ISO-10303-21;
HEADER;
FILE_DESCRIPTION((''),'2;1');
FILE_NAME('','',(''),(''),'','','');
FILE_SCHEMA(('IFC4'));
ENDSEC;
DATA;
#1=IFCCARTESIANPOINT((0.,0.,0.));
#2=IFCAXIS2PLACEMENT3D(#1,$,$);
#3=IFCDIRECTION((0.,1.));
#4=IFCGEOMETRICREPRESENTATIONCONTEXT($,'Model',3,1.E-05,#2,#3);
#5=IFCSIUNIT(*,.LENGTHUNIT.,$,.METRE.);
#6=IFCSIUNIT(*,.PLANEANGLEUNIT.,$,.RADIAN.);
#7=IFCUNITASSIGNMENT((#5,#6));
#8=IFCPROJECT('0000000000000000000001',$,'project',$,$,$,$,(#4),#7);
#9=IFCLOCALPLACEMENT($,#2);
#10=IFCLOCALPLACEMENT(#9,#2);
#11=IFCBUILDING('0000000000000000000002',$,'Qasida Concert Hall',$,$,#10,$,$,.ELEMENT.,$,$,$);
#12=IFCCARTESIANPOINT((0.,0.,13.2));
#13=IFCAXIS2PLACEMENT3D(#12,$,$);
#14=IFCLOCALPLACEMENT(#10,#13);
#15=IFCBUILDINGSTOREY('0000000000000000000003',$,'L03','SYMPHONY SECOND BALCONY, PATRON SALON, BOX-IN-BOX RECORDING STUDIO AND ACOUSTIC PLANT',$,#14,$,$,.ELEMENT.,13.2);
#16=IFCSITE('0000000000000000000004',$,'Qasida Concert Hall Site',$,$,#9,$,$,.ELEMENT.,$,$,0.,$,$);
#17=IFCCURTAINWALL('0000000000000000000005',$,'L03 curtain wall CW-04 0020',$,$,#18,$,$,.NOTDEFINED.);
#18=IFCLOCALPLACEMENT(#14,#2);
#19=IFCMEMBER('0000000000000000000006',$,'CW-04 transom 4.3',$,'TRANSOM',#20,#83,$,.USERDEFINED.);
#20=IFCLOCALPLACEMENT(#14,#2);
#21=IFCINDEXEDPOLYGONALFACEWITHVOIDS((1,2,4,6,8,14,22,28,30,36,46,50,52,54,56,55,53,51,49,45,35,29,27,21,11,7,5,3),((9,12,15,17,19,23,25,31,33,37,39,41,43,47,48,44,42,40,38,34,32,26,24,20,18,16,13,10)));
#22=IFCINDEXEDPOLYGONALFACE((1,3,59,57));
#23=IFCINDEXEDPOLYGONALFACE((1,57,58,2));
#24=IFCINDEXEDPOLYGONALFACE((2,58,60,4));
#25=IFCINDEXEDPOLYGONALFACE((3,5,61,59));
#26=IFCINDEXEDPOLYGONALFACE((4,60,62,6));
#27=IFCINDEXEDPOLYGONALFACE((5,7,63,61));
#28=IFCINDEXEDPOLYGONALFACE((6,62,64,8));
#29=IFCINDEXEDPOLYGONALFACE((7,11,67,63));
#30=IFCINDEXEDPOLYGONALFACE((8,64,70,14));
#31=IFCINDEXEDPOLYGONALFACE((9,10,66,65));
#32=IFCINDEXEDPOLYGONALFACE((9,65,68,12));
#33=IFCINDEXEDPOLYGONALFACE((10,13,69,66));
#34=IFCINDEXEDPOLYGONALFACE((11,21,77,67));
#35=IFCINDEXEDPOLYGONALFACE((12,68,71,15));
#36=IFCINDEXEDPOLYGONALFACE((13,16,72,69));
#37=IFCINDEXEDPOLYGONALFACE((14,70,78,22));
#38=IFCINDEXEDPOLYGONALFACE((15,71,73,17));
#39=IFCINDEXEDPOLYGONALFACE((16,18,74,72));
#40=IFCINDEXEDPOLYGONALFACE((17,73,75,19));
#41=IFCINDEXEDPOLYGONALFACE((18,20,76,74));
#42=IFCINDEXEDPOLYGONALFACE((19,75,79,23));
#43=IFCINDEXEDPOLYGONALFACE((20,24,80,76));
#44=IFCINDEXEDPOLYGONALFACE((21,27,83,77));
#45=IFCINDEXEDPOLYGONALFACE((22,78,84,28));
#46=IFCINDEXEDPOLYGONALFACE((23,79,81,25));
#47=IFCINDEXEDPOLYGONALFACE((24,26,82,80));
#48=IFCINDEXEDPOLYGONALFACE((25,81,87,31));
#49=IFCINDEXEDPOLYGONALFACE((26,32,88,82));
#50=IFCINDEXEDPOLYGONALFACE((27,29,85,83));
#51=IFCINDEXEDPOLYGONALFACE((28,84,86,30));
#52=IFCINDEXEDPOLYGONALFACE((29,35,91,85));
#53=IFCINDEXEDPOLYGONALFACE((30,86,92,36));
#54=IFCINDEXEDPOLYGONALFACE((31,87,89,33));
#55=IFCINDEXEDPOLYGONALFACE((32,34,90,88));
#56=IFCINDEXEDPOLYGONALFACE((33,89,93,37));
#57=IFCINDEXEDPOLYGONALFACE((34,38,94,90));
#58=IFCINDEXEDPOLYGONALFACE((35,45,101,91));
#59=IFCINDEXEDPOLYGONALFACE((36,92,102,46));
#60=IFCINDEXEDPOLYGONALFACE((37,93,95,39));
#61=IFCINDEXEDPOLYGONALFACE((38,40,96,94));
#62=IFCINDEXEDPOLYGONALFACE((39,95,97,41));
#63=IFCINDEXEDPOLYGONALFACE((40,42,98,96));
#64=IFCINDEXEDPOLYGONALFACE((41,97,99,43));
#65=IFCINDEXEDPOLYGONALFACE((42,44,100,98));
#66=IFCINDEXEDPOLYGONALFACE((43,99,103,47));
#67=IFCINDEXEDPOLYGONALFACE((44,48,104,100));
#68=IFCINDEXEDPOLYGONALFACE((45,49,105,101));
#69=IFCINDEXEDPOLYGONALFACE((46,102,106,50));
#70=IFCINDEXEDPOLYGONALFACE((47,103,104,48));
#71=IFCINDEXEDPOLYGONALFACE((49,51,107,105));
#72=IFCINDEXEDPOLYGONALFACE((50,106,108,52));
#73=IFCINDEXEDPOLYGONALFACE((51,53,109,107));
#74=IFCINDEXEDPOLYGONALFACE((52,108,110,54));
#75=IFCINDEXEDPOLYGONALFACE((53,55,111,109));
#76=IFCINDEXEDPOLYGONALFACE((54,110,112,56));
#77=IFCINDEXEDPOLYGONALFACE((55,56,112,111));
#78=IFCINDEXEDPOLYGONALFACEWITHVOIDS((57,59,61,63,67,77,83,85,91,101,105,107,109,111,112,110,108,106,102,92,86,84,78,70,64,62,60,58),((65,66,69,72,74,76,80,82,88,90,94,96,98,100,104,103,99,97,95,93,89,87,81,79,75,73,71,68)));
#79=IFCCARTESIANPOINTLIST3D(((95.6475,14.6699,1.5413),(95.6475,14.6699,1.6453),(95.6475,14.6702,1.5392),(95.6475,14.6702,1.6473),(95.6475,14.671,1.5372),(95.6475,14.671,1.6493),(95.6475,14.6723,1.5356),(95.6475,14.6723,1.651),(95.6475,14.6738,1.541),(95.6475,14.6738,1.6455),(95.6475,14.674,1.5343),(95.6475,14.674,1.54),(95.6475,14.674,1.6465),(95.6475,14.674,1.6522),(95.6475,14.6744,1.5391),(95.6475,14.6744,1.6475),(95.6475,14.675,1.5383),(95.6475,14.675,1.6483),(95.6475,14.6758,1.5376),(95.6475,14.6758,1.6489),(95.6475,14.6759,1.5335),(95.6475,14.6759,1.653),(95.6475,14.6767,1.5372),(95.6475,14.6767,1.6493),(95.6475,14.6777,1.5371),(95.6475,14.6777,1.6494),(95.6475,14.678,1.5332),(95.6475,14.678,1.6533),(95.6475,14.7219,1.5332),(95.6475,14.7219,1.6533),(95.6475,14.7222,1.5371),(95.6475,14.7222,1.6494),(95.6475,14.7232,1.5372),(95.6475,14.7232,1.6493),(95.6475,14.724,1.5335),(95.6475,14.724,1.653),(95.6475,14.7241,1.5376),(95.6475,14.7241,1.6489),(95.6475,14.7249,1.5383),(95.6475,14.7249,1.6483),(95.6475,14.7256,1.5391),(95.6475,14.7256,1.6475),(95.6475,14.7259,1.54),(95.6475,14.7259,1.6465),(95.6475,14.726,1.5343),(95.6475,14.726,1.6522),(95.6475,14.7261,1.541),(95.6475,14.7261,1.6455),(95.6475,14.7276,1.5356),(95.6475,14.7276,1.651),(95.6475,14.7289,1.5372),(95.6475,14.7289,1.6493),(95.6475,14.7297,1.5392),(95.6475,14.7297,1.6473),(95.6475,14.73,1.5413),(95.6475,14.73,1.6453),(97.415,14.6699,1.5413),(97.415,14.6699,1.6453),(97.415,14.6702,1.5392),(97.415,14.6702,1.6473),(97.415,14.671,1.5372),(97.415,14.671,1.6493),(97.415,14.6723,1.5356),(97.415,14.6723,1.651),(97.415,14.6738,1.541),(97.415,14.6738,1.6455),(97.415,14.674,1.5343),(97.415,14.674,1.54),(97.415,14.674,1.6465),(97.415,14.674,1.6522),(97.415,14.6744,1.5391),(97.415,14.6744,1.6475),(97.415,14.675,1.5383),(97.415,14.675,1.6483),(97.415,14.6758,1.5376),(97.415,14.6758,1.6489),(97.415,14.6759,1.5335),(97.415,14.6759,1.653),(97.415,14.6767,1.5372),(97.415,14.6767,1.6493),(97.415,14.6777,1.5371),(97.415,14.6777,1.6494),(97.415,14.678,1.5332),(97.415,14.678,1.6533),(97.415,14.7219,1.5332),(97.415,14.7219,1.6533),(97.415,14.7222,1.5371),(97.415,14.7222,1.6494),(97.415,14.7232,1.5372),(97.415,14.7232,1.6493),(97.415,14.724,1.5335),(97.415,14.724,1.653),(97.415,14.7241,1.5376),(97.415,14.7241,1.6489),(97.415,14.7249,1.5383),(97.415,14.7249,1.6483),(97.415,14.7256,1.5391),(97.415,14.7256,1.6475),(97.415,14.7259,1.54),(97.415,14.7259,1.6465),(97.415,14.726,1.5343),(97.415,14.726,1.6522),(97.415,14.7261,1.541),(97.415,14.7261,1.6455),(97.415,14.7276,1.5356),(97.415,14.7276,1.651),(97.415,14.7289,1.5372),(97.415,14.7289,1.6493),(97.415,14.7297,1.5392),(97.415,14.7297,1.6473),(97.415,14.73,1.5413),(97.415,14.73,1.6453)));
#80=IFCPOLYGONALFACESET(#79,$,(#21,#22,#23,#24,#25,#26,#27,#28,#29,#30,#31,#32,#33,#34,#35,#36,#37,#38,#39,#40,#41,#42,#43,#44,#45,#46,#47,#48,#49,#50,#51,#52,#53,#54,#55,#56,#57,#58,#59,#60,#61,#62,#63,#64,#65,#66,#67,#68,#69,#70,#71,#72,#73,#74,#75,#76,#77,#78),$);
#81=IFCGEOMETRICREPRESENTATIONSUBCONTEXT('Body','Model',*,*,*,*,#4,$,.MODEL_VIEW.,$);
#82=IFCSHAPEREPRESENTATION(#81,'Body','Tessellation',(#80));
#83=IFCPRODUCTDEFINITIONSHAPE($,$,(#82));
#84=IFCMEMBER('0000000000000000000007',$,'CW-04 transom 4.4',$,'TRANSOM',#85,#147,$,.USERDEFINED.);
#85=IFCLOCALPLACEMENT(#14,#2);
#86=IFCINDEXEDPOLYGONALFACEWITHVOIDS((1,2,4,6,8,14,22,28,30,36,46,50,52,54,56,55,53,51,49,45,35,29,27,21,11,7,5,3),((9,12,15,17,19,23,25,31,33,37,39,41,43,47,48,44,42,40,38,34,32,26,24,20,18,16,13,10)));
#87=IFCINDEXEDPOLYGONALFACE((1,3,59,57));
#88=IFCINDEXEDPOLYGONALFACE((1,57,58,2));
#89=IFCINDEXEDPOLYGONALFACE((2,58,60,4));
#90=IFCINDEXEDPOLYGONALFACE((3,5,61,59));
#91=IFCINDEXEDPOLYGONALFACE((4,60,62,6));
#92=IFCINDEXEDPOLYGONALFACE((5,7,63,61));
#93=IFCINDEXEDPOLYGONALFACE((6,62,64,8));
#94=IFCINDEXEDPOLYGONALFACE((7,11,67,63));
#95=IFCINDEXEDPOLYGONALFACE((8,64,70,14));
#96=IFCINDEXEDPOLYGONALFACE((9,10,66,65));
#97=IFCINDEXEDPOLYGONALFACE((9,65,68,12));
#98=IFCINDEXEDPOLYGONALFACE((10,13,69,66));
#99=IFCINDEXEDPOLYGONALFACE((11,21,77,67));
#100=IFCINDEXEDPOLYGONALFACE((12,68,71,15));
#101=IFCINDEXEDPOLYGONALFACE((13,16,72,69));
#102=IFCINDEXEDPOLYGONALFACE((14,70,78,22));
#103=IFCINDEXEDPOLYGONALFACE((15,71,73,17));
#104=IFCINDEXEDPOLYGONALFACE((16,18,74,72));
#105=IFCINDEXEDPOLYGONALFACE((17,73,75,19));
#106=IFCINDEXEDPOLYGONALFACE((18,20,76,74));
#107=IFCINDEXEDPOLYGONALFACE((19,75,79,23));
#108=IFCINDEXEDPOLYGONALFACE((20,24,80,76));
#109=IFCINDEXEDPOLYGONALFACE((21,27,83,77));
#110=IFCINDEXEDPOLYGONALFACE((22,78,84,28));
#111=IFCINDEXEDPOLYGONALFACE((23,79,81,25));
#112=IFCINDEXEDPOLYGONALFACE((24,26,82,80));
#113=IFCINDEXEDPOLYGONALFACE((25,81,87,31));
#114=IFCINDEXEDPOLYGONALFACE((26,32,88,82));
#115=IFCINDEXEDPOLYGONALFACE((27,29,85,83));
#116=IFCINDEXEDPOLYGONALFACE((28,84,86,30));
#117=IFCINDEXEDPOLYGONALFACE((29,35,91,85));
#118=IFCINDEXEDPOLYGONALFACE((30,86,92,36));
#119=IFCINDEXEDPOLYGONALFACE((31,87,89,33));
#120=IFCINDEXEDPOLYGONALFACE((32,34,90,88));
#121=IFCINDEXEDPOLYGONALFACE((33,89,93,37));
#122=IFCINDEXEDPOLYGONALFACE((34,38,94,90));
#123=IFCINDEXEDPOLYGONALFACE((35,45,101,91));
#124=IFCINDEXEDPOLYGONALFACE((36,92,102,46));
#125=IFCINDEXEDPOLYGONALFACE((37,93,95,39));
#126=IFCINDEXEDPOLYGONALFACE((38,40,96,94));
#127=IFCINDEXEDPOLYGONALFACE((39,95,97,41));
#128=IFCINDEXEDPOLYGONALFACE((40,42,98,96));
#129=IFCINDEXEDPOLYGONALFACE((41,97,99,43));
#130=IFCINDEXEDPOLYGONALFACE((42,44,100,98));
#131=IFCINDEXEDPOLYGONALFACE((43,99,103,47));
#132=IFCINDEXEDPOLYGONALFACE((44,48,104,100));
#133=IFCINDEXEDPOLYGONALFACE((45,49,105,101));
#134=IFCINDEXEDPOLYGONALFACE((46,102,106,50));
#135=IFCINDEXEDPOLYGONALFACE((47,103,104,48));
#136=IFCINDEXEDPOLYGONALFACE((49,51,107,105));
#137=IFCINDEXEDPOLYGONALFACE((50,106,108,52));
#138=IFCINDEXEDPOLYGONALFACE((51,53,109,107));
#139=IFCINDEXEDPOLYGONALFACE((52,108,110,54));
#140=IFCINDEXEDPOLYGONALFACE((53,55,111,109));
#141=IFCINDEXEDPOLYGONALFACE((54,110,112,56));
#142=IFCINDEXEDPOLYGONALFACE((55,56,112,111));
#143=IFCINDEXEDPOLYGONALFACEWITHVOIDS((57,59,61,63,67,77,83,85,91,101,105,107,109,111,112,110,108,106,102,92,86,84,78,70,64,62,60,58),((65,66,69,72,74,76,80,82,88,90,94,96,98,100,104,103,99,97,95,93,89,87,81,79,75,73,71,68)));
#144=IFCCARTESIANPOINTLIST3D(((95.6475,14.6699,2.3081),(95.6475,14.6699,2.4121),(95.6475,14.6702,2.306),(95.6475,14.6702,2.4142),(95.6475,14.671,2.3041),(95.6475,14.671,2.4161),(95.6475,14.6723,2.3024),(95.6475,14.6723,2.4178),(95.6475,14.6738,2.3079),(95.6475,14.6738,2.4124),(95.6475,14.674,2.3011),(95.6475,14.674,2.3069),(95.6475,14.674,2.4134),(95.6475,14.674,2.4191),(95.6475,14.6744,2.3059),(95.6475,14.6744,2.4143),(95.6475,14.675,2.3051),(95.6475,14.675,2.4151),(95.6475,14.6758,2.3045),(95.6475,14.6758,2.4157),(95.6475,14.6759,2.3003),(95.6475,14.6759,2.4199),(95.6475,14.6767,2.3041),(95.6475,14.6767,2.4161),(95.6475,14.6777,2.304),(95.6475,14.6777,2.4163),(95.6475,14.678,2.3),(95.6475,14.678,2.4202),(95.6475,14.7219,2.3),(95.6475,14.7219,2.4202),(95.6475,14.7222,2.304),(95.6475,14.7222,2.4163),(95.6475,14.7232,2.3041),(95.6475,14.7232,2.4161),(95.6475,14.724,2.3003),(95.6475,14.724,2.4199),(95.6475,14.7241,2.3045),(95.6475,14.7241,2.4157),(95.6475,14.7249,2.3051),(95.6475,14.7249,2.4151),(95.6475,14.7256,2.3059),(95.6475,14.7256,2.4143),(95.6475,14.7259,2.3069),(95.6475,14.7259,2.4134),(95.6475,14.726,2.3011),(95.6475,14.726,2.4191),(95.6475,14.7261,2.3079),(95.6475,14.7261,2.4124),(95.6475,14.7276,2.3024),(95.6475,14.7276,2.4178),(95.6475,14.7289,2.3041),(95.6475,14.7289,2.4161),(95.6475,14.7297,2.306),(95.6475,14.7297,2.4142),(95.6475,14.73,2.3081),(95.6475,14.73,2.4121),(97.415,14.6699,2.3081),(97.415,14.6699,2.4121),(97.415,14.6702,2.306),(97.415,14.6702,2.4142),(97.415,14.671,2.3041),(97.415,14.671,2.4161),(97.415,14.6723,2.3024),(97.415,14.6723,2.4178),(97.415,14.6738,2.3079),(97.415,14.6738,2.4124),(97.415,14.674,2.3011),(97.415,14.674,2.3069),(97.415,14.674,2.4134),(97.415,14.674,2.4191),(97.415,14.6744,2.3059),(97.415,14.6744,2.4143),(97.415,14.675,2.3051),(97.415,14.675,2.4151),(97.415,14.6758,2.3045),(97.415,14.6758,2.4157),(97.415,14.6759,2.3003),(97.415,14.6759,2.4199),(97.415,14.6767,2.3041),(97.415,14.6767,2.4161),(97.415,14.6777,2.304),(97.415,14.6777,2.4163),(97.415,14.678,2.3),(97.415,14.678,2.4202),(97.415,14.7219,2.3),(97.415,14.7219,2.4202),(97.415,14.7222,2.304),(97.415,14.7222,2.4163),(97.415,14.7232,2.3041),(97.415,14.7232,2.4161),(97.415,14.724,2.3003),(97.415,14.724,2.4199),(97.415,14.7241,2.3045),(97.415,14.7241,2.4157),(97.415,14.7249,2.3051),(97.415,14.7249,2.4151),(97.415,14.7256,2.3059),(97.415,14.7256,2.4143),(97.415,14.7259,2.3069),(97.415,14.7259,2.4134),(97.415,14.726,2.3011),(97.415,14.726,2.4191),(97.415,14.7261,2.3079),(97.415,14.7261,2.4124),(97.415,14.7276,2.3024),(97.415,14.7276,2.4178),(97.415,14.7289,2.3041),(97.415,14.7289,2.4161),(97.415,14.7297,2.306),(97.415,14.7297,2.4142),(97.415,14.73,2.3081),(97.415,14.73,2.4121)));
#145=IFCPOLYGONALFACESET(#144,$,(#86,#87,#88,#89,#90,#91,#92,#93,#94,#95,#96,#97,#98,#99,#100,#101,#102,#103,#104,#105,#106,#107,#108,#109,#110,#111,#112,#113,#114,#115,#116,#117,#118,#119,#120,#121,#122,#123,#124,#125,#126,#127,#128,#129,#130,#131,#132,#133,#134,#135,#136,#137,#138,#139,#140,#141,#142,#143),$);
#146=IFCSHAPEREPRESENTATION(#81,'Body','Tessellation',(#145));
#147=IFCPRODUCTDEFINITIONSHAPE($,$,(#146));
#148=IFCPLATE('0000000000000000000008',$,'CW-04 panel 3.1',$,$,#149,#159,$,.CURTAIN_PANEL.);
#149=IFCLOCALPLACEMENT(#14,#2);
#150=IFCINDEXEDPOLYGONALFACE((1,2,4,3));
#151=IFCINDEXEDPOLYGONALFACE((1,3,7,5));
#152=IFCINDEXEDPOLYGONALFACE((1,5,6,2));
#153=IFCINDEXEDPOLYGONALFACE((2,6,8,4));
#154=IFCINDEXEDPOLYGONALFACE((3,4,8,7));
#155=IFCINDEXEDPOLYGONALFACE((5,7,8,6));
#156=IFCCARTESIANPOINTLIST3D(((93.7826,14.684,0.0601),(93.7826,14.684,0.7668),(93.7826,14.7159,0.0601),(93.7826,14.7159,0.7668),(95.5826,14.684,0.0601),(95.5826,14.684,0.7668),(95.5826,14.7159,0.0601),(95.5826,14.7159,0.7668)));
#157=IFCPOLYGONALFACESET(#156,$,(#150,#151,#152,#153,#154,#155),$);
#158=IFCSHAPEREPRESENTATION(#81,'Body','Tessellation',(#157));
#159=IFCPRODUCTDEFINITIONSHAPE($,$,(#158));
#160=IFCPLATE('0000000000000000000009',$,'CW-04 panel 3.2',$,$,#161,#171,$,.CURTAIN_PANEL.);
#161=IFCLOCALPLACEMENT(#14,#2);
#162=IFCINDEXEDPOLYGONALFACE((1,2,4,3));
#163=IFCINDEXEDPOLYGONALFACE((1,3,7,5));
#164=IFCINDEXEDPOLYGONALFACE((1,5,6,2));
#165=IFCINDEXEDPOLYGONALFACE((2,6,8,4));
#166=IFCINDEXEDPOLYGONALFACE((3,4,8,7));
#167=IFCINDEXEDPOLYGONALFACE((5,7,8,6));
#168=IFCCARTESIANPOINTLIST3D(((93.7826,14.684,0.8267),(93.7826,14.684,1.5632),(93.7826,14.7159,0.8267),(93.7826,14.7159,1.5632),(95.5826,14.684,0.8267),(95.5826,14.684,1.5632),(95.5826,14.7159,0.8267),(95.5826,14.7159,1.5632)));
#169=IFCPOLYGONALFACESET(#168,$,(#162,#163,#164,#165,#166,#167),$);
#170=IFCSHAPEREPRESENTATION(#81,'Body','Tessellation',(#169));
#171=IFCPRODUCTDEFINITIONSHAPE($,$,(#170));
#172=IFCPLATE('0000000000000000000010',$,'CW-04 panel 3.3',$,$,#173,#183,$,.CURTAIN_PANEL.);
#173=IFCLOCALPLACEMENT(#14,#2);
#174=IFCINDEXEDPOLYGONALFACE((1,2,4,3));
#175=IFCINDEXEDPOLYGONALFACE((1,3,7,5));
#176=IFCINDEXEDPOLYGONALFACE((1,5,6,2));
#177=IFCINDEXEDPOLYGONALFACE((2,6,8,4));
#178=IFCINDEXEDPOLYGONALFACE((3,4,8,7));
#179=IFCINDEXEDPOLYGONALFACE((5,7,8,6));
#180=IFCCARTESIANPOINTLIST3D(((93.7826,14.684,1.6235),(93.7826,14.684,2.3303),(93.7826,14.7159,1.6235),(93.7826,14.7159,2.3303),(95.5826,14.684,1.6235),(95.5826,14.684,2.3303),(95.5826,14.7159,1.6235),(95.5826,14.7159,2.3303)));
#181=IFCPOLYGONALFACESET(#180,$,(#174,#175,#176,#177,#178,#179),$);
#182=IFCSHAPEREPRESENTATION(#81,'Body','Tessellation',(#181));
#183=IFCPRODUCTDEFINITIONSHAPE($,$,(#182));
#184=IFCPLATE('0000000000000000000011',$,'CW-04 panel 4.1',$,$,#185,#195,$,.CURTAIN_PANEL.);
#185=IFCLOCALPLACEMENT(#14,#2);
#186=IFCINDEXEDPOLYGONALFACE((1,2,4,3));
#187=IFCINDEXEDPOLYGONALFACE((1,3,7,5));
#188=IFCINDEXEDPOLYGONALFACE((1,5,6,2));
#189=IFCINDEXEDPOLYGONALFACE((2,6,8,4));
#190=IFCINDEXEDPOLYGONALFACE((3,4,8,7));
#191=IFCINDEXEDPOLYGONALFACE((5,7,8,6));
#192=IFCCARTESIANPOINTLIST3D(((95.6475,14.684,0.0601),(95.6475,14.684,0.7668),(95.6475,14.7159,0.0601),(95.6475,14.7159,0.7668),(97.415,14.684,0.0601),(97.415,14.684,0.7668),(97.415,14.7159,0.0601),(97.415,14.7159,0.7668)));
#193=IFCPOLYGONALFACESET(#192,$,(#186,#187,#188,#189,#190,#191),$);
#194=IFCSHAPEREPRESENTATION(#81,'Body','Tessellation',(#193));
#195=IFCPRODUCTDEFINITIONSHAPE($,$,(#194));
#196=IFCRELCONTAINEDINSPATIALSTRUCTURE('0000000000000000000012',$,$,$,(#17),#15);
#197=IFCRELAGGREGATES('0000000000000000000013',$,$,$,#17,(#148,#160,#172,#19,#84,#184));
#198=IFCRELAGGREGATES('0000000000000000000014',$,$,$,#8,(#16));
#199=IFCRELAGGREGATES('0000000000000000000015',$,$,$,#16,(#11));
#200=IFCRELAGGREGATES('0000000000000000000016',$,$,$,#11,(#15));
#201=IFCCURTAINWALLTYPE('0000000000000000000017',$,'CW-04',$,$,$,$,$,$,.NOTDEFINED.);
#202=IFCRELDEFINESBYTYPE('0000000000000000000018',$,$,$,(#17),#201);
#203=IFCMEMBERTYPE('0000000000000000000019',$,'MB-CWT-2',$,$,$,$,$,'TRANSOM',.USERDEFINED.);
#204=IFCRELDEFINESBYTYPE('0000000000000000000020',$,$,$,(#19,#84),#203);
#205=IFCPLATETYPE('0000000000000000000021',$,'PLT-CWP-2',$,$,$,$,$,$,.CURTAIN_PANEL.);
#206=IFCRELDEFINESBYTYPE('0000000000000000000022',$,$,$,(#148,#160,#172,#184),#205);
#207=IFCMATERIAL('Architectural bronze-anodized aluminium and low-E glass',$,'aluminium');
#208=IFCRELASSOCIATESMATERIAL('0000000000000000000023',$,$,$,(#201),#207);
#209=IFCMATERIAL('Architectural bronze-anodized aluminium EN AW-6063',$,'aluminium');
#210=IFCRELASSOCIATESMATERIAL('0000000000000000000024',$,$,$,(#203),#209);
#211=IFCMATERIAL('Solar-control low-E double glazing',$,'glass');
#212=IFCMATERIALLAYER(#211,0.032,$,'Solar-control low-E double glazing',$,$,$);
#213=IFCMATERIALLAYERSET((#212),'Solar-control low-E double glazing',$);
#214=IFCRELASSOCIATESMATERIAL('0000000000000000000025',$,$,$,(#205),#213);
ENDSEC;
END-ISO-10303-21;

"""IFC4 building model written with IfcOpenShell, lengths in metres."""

from ifc_helpers import new_model, si_unit, direction, frame, origin, origin_2d, place, context, subcontext, project, spatial, rectangle, hollow_rectangle, extrude, material, layer, layer_set, material_profile, profile_set, type_object, element, aggregate, save


model = new_model("IFC4")

# Units and contexts
model_context = context("Model", 3, precision=1e-05, world=origin(), true_north=direction((0.0, 1.0)))
body_context = subcontext(model_context, "Body", "Model", "MODEL_VIEW")
ifc_project = project(units=[si_unit("LENGTHUNIT", "METRE"), si_unit("PLANEANGLEUNIT", "RADIAN")], contexts=[model_context])

# Site, building, storey
site_placement = place(None, origin())
site = spatial("IfcSite", under=ifc_project, at=site_placement, Name="Qasida Concert Hall Site", CompositionType="ELEMENT", RefElevation=0.0)
building_placement = place(site_placement, origin())
building = spatial("IfcBuilding", under=site, at=building_placement, Name="Qasida Concert Hall", CompositionType="ELEMENT")
storey_placement = place(building_placement, frame((0.0, 0.0, 13.2)))
storey = spatial("IfcBuildingStorey", under=building, at=storey_placement, Name="L03", Description="SYMPHONY SECOND BALCONY, PATRON SALON, BOX-IN-BOX RECORDING STUDIO AND ACOUSTIC PLANT", CompositionType="ELEMENT", Elevation=13.2)

# Curtain wall, members, plates
ifc_material_1 = material(Name="Architectural bronze-anodized aluminium and low-E glass", Category="aluminium")
curtain_wall_type = type_object("IfcCurtainWallType", Name="CW-04", PredefinedType="NOTDEFINED", material=ifc_material_1)
curtain_wall_placement = place(storey_placement, origin())
curtain_wall = element("IfcCurtainWall", 1, at=curtain_wall_placement, inside=storey, type_object=curtain_wall_type, Name="L03 curtain wall CW-04 0020", PredefinedType="NOTDEFINED")
ifc_material_2 = material(Name="Architectural bronze-anodized aluminium EN AW-6063", Category="aluminium")
ifc_material_profile_1 = material_profile(ifc_material_2, hollow_rectangle(XDim=0.0601, YDim=0.1201, WallThickness=0.0039, InnerFilletRadius=0.0039, OuterFilletRadius=0.0081, at=origin_2d()), Name="CWT 120x60x4")
ifc_profile_set_1 = profile_set([ifc_material_profile_1], Name="Architectural bronze-anodized aluminium EN AW-6063")
member_type_1 = type_object("IfcMemberType", Name="MB-CWT-2", ElementType="TRANSOM", PredefinedType="USERDEFINED", material=ifc_profile_set_1)
member_1_placement = place(storey_placement, frame((95.6475, 14.7, 1.5933), z_axis=(1.0, 0.0, 0.0), x_axis=(0.0, 1.0, 0.0)))
member_1 = element("IfcMember", 2, at=member_1_placement, type_object=member_type_1, Name="CW-04 transom 4.3", ObjectType="TRANSOM", PredefinedType="USERDEFINED", context=body_context, shape_type="SweptSolid", body=[
    extrude(hollow_rectangle(XDim=0.0601, YDim=0.1201, WallThickness=0.0039, InnerFilletRadius=0.0039, OuterFilletRadius=0.0081, at=origin_2d()), origin(), (0.0, 0.0, 1.0), 1.7676),
])
member_2_placement = place(storey_placement, frame((95.6475, 14.7, 2.3601), z_axis=(1.0, 0.0, 0.0), x_axis=(0.0, 1.0, 0.0)))
member_2 = element("IfcMember", 3, at=member_2_placement, type_object=member_type_1, Name="CW-04 transom 4.4", ObjectType="TRANSOM", PredefinedType="USERDEFINED", context=body_context, shape_type="SweptSolid", body=[
    extrude(hollow_rectangle(XDim=0.0601, YDim=0.1201, WallThickness=0.0039, InnerFilletRadius=0.0039, OuterFilletRadius=0.0081, at=origin_2d()), origin(), (0.0, 0.0, 1.0), 1.7676),
])
ifc_material_3 = material(Name="Solar-control low-E double glazing", Category="glass")
ifc_layer_1 = layer(ifc_material_3, 0.032, Name="Solar-control low-E double glazing")
ifc_layer_set_1 = layer_set([ifc_layer_1], Name="Solar-control low-E double glazing")
plate_type = type_object("IfcPlateType", Name="PLT-CWP-2", PredefinedType="CURTAIN_PANEL", material=ifc_layer_set_1)
plate_1_placement = place(storey_placement, frame((94.6826, 14.7, 0.0601), z_axis=(0.0, 0.0, 1.0), x_axis=(1.0, 0.0, 0.0)))
plate_1 = element("IfcPlate", 4, at=plate_1_placement, type_object=plate_type, Name="CW-04 panel 3.1", PredefinedType="CURTAIN_PANEL", context=body_context, shape_type="SweptSolid", body=[
    extrude(rectangle(XDim=1.8, YDim=0.032, at=origin_2d()), origin(), (0.0, 0.0, 1.0), 0.7068),
])
plate_2_placement = place(storey_placement, frame((94.6826, 14.7, 0.8267), z_axis=(0.0, 0.0, 1.0), x_axis=(1.0, 0.0, 0.0)))
plate_2 = element("IfcPlate", 5, at=plate_2_placement, type_object=plate_type, Name="CW-04 panel 3.2", PredefinedType="CURTAIN_PANEL", context=body_context, shape_type="SweptSolid", body=[
    extrude(rectangle(XDim=1.8, YDim=0.032, at=origin_2d()), origin(), (0.0, 0.0, 1.0), 0.7366),
])
plate_3_placement = place(storey_placement, frame((94.6826, 14.7, 1.6235), z_axis=(0.0, 0.0, 1.0), x_axis=(1.0, 0.0, 0.0)))
plate_3 = element("IfcPlate", 6, at=plate_3_placement, type_object=plate_type, Name="CW-04 panel 3.3", PredefinedType="CURTAIN_PANEL", context=body_context, shape_type="SweptSolid", body=[
    extrude(rectangle(XDim=1.8, YDim=0.032, at=origin_2d()), origin(), (0.0, 0.0, 1.0), 0.7068),
])
plate_4_placement = place(storey_placement, frame((96.5312, 14.7, 0.0601), z_axis=(0.0, 0.0, 1.0), x_axis=(1.0, 0.0, 0.0)))
plate_4 = element("IfcPlate", 7, at=plate_4_placement, type_object=plate_type, Name="CW-04 panel 4.1", PredefinedType="CURTAIN_PANEL", context=body_context, shape_type="SweptSolid", body=[
    extrude(rectangle(XDim=1.7676, YDim=0.032, at=origin_2d()), origin(), (0.0, 0.0, 1.0), 0.7068),
])
aggregate(curtain_wall, [plate_1, plate_2, plate_3, member_1, member_2, plate_4])

save(model, "model.ifc")
